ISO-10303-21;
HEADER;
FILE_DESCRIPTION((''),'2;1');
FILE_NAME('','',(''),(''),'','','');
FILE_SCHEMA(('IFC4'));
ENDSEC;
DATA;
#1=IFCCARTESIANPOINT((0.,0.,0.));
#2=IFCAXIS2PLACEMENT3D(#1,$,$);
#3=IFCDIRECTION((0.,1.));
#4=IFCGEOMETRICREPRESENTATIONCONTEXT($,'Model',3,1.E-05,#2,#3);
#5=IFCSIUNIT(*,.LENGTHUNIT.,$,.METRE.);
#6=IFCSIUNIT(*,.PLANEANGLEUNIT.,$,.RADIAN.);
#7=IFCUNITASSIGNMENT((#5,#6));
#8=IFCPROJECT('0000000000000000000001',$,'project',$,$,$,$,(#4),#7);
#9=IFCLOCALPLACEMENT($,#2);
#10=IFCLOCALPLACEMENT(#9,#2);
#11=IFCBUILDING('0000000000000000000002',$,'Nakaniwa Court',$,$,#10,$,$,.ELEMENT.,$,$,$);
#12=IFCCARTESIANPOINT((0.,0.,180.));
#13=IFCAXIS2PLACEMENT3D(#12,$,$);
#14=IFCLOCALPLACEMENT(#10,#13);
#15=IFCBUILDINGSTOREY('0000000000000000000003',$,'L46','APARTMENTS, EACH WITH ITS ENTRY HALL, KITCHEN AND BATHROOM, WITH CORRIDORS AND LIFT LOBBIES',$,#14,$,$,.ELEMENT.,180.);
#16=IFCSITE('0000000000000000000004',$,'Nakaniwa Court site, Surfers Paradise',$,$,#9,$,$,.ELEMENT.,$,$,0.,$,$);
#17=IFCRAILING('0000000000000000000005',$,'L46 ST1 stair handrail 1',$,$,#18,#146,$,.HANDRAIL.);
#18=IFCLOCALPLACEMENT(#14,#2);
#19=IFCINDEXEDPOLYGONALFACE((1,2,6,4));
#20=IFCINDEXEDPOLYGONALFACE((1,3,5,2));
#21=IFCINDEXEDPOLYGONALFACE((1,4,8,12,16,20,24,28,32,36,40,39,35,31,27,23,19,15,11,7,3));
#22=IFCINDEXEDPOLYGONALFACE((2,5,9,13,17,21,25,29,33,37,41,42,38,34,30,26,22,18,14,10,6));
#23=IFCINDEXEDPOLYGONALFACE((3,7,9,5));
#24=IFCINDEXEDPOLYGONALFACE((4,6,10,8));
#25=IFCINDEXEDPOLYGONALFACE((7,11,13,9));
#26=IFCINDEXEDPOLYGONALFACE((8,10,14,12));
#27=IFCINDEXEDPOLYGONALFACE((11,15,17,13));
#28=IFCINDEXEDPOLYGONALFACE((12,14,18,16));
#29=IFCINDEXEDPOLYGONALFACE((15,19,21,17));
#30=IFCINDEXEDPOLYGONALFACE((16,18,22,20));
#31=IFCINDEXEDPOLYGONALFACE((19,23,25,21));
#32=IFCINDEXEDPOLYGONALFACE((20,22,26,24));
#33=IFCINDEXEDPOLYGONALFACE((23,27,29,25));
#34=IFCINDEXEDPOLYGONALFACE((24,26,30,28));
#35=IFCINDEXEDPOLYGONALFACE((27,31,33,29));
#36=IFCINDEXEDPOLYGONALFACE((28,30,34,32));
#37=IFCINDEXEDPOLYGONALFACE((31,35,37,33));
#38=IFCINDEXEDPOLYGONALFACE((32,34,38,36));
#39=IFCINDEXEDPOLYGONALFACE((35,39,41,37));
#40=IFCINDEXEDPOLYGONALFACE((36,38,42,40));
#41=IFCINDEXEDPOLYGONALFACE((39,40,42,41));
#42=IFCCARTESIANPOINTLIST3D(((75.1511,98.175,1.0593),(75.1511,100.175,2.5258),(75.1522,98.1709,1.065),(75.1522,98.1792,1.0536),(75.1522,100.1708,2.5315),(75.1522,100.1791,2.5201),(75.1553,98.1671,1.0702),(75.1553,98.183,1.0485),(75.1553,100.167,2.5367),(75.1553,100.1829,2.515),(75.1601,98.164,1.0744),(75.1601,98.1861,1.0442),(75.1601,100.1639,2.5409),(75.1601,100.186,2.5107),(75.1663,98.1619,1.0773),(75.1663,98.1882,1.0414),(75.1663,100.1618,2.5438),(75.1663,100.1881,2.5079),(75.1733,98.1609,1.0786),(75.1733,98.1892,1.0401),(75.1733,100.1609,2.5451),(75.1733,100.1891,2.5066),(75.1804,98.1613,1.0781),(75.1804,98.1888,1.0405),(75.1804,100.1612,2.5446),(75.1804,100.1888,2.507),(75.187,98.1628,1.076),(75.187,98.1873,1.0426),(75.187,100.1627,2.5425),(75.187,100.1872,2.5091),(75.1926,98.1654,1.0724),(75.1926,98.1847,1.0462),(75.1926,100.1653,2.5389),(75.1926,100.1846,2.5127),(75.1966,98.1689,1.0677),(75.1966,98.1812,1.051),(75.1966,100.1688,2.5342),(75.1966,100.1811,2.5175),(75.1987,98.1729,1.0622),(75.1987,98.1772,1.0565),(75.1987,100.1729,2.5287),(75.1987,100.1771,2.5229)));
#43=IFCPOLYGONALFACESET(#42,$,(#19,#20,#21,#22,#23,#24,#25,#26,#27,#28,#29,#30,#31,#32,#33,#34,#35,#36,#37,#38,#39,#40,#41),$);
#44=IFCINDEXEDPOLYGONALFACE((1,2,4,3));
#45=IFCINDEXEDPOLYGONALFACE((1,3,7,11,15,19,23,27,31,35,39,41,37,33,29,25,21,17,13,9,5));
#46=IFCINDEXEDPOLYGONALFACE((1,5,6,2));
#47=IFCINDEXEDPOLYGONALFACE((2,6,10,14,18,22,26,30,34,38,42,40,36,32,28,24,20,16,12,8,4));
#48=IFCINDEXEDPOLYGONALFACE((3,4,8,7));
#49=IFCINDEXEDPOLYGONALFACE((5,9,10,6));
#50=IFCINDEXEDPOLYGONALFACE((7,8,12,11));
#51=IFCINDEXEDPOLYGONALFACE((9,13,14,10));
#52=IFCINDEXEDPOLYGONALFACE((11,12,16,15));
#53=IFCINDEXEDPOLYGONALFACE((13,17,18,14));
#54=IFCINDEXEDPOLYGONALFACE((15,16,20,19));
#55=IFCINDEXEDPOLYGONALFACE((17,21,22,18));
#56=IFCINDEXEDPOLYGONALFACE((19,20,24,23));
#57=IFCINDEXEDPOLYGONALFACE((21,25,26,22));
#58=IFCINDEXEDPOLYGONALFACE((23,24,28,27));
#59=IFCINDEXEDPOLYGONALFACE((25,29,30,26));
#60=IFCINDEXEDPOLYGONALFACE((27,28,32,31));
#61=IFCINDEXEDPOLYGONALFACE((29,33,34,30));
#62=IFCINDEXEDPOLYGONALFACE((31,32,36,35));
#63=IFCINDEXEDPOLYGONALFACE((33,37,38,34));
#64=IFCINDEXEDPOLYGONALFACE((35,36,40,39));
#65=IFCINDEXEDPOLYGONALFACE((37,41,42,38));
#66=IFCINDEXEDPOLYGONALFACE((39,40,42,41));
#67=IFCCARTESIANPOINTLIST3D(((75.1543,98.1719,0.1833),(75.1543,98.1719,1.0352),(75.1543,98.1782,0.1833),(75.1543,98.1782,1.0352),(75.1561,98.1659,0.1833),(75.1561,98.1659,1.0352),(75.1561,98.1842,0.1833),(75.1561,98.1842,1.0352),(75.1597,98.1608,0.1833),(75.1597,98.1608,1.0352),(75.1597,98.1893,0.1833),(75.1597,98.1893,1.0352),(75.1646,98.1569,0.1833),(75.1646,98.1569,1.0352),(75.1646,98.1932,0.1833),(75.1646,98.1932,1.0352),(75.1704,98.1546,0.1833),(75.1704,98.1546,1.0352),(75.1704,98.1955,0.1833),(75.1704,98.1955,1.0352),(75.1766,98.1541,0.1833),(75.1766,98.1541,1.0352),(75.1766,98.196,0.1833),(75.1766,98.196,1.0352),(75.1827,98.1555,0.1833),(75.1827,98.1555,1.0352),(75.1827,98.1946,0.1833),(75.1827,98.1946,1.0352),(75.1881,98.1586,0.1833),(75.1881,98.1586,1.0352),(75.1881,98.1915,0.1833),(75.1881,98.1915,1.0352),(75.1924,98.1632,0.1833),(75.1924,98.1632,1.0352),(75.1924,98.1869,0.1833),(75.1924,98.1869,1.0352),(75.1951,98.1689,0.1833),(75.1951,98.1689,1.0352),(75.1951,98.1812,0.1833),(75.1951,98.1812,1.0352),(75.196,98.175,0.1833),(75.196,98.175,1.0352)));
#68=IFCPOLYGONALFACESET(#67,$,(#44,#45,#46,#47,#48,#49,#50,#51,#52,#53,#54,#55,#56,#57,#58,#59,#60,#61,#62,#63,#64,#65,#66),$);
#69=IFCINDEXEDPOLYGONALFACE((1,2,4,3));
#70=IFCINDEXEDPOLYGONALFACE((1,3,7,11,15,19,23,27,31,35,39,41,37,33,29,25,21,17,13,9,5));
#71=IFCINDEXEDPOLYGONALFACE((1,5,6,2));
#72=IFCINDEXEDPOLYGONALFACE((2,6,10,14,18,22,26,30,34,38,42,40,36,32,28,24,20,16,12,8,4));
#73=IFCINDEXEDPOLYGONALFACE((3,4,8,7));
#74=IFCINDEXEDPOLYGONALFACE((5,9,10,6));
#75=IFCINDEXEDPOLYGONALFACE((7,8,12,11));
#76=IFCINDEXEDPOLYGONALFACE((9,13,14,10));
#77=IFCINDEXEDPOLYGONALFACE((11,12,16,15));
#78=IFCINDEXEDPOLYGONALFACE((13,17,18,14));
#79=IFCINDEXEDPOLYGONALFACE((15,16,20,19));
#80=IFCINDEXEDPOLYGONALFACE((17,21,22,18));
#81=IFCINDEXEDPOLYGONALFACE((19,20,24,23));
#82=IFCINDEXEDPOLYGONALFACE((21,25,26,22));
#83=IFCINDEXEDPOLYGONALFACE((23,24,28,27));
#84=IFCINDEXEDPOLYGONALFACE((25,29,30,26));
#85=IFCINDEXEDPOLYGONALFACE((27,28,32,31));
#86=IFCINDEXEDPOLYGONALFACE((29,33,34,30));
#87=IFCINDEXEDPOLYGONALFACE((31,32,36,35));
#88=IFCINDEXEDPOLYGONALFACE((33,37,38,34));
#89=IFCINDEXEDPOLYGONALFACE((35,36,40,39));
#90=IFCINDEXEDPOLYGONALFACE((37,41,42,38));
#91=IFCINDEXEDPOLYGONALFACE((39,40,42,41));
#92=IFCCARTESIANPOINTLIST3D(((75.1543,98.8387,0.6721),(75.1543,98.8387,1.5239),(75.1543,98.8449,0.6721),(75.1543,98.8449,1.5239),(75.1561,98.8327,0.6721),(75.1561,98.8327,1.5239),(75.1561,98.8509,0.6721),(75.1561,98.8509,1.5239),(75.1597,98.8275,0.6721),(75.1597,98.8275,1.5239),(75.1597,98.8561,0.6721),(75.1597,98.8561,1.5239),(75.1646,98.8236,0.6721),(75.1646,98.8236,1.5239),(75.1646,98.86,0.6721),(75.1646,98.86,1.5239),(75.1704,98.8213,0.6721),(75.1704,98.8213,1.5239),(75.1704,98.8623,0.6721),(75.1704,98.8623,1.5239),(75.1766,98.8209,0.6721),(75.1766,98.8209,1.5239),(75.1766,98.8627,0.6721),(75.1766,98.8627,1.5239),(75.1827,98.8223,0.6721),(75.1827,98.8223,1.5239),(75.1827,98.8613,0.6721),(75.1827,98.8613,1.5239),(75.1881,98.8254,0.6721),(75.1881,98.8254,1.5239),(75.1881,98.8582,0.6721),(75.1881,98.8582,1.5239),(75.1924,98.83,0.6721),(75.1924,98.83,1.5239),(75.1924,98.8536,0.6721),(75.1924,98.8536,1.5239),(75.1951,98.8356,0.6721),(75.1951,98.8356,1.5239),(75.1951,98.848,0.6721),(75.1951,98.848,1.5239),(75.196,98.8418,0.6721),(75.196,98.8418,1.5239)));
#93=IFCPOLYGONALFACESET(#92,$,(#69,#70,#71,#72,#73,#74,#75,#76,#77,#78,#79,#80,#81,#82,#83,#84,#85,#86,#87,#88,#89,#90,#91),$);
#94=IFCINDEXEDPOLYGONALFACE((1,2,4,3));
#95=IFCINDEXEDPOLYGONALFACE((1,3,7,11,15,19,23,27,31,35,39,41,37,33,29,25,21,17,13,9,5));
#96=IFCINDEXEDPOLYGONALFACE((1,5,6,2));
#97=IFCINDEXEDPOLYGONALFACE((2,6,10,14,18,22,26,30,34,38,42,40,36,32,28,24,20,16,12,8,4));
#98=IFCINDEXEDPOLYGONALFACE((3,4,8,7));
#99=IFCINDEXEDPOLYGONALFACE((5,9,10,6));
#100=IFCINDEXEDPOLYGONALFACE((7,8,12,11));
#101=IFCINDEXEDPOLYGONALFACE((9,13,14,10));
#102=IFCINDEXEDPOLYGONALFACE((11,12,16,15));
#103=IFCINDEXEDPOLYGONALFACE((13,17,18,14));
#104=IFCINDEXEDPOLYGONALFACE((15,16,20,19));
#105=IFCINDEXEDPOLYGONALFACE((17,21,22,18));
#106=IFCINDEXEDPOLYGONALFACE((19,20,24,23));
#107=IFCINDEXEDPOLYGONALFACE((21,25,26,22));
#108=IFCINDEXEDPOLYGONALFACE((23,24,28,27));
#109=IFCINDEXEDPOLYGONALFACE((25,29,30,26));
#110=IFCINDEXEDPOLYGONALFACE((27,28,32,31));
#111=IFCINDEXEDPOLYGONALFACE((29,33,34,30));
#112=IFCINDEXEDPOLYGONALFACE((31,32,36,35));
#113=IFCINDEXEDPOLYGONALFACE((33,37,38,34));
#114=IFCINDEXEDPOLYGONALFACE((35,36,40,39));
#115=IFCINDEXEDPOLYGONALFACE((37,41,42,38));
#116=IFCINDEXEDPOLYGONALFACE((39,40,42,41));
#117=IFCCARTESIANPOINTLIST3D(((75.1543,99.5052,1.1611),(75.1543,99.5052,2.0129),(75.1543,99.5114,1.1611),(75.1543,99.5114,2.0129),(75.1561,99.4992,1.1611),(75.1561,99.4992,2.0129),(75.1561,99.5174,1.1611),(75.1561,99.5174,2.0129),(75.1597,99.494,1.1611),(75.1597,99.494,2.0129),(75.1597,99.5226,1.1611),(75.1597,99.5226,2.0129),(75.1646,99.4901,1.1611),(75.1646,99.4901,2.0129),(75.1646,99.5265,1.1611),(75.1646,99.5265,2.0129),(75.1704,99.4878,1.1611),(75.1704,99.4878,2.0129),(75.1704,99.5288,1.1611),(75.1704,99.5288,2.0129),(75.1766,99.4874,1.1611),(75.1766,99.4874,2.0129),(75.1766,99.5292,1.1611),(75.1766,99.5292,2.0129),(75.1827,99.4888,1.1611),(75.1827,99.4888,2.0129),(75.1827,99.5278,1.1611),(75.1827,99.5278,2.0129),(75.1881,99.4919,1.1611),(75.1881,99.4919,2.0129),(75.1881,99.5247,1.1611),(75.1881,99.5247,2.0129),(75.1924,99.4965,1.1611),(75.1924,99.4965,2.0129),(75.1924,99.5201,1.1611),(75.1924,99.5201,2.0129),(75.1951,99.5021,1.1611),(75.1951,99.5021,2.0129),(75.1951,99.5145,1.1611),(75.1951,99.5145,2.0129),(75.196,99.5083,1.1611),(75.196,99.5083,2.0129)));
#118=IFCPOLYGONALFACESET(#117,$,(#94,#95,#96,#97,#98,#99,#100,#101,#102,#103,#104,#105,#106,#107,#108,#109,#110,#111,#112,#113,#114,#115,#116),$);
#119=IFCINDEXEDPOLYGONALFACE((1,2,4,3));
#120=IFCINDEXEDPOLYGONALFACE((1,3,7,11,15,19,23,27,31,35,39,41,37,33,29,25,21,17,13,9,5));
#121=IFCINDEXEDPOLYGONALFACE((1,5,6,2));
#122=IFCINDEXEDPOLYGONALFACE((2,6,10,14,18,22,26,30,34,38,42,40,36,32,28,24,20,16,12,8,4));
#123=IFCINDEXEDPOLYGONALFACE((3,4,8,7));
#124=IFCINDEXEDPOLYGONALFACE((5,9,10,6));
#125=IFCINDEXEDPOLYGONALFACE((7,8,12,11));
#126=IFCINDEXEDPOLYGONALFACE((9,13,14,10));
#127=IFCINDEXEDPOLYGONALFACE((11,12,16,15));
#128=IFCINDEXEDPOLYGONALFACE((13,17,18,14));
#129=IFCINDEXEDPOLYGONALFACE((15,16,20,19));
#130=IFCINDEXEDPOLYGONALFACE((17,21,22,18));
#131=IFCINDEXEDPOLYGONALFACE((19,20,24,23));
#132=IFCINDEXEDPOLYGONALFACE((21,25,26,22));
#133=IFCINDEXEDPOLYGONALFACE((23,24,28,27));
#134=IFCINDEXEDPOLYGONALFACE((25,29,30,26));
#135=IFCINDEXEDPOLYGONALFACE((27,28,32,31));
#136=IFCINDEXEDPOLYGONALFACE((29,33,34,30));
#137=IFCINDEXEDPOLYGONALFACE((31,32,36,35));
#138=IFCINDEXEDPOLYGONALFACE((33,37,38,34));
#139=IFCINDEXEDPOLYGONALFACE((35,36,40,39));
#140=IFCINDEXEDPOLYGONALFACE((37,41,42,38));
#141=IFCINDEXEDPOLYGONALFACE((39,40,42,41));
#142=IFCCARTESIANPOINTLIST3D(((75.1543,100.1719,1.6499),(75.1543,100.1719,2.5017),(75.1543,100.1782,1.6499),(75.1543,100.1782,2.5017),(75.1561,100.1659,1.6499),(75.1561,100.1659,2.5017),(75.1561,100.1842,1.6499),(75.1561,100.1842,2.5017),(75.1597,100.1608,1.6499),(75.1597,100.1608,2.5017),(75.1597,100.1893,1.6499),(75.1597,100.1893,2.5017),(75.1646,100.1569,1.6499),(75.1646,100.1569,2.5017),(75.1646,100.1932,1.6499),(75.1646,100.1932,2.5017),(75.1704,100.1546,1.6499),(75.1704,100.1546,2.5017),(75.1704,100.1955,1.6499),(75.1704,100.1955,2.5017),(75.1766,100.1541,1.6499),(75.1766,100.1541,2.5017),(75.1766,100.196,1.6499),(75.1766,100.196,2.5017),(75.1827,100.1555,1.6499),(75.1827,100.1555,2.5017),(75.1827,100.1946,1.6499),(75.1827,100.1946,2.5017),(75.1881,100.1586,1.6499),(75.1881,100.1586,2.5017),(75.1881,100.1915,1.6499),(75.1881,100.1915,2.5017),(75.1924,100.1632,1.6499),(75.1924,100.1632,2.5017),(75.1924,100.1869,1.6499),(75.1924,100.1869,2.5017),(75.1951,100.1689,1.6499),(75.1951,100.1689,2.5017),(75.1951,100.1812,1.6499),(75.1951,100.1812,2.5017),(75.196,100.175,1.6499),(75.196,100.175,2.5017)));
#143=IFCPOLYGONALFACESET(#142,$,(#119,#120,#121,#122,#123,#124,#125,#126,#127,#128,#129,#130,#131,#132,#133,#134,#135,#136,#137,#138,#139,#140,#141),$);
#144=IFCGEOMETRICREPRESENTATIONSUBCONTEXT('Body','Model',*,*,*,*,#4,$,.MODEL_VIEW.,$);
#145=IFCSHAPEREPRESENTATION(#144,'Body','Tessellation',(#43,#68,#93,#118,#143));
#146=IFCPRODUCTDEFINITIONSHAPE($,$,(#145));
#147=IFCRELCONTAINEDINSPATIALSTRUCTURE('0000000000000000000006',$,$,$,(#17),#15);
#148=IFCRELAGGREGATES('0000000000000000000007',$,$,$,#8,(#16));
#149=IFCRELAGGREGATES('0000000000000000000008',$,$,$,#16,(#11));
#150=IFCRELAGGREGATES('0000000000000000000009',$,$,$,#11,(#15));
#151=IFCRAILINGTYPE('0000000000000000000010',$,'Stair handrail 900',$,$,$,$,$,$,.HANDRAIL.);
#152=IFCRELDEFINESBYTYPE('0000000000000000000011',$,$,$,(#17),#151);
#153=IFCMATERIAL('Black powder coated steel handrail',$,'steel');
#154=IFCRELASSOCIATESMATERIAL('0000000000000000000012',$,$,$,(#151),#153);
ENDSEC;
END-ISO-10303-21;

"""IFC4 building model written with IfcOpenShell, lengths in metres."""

from ifc_helpers import new_model, si_unit, direction, frame, origin, origin_2d, place, context, subcontext, project, spatial, circle, extrude, material, type_object, element, save


model = new_model("IFC4")

# Units and contexts
model_context = context("Model", 3, precision=1e-05, world=origin(), true_north=direction((0.0, 1.0)))
body_context = subcontext(model_context, "Body", "Model", "MODEL_VIEW")
ifc_project = project(units=[si_unit("LENGTHUNIT", "METRE"), si_unit("PLANEANGLEUNIT", "RADIAN")], contexts=[model_context])

# Site, building, storey
site_placement = place(None, origin())
site = spatial("IfcSite", under=ifc_project, at=site_placement, Name="Nakaniwa Court site, Surfers Paradise", CompositionType="ELEMENT", RefElevation=0.0)
building_placement = place(site_placement, origin())
building = spatial("IfcBuilding", under=site, at=building_placement, Name="Nakaniwa Court", CompositionType="ELEMENT")
storey_placement = place(building_placement, frame((0.0, 0.0, 180.0)))
storey = spatial("IfcBuildingStorey", under=building, at=storey_placement, Name="L46", Description="APARTMENTS, EACH WITH ITS ENTRY HALL, KITCHEN AND BATHROOM, WITH CORRIDORS AND LIFT LOBBIES", CompositionType="ELEMENT", Elevation=180.0)

# Railing
ifc_material_1 = material(Name="Black powder coated steel handrail", Category="steel")
railing_type_1 = type_object("IfcRailingType", Name="Stair handrail 900", PredefinedType="HANDRAIL", material=ifc_material_1)
railing_1_placement = place(storey_placement, frame((75.175, 98.175, 0.1833)))
element("IfcRailing", 1, at=railing_1_placement, inside=storey, type_object=railing_type_1, Name="L46 ST1 stair handrail 1", PredefinedType="HANDRAIL", context=body_context, shape_type="SweptSolid", body=[
    extrude(circle(Radius=0.0239, at=origin_2d()), frame((0.0, 0.0, 0.876), z_axis=(0.0, 0.806427, 0.591334), x_axis=(-1.0, 0.0, 0.0)), (0.0, 0.0, 1.0), 2.48),
    extrude(circle(Radius=0.021, at=origin_2d()), origin(), (0.0, 0.0, 1.0), 0.8518),
    extrude(circle(Radius=0.021, at=origin_2d()), frame((0.0, 0.6667, 0.4888)), (0.0, 0.0, 1.0), 0.8518),
    extrude(circle(Radius=0.021, at=origin_2d()), frame((0.0, 1.3333, 0.9778)), (0.0, 0.0, 1.0), 0.8518),
    extrude(circle(Radius=0.021, at=origin_2d()), frame((0.0, 2.0, 1.4666)), (0.0, 0.0, 1.0), 0.8518),
])

save(model, "model.ifc")
